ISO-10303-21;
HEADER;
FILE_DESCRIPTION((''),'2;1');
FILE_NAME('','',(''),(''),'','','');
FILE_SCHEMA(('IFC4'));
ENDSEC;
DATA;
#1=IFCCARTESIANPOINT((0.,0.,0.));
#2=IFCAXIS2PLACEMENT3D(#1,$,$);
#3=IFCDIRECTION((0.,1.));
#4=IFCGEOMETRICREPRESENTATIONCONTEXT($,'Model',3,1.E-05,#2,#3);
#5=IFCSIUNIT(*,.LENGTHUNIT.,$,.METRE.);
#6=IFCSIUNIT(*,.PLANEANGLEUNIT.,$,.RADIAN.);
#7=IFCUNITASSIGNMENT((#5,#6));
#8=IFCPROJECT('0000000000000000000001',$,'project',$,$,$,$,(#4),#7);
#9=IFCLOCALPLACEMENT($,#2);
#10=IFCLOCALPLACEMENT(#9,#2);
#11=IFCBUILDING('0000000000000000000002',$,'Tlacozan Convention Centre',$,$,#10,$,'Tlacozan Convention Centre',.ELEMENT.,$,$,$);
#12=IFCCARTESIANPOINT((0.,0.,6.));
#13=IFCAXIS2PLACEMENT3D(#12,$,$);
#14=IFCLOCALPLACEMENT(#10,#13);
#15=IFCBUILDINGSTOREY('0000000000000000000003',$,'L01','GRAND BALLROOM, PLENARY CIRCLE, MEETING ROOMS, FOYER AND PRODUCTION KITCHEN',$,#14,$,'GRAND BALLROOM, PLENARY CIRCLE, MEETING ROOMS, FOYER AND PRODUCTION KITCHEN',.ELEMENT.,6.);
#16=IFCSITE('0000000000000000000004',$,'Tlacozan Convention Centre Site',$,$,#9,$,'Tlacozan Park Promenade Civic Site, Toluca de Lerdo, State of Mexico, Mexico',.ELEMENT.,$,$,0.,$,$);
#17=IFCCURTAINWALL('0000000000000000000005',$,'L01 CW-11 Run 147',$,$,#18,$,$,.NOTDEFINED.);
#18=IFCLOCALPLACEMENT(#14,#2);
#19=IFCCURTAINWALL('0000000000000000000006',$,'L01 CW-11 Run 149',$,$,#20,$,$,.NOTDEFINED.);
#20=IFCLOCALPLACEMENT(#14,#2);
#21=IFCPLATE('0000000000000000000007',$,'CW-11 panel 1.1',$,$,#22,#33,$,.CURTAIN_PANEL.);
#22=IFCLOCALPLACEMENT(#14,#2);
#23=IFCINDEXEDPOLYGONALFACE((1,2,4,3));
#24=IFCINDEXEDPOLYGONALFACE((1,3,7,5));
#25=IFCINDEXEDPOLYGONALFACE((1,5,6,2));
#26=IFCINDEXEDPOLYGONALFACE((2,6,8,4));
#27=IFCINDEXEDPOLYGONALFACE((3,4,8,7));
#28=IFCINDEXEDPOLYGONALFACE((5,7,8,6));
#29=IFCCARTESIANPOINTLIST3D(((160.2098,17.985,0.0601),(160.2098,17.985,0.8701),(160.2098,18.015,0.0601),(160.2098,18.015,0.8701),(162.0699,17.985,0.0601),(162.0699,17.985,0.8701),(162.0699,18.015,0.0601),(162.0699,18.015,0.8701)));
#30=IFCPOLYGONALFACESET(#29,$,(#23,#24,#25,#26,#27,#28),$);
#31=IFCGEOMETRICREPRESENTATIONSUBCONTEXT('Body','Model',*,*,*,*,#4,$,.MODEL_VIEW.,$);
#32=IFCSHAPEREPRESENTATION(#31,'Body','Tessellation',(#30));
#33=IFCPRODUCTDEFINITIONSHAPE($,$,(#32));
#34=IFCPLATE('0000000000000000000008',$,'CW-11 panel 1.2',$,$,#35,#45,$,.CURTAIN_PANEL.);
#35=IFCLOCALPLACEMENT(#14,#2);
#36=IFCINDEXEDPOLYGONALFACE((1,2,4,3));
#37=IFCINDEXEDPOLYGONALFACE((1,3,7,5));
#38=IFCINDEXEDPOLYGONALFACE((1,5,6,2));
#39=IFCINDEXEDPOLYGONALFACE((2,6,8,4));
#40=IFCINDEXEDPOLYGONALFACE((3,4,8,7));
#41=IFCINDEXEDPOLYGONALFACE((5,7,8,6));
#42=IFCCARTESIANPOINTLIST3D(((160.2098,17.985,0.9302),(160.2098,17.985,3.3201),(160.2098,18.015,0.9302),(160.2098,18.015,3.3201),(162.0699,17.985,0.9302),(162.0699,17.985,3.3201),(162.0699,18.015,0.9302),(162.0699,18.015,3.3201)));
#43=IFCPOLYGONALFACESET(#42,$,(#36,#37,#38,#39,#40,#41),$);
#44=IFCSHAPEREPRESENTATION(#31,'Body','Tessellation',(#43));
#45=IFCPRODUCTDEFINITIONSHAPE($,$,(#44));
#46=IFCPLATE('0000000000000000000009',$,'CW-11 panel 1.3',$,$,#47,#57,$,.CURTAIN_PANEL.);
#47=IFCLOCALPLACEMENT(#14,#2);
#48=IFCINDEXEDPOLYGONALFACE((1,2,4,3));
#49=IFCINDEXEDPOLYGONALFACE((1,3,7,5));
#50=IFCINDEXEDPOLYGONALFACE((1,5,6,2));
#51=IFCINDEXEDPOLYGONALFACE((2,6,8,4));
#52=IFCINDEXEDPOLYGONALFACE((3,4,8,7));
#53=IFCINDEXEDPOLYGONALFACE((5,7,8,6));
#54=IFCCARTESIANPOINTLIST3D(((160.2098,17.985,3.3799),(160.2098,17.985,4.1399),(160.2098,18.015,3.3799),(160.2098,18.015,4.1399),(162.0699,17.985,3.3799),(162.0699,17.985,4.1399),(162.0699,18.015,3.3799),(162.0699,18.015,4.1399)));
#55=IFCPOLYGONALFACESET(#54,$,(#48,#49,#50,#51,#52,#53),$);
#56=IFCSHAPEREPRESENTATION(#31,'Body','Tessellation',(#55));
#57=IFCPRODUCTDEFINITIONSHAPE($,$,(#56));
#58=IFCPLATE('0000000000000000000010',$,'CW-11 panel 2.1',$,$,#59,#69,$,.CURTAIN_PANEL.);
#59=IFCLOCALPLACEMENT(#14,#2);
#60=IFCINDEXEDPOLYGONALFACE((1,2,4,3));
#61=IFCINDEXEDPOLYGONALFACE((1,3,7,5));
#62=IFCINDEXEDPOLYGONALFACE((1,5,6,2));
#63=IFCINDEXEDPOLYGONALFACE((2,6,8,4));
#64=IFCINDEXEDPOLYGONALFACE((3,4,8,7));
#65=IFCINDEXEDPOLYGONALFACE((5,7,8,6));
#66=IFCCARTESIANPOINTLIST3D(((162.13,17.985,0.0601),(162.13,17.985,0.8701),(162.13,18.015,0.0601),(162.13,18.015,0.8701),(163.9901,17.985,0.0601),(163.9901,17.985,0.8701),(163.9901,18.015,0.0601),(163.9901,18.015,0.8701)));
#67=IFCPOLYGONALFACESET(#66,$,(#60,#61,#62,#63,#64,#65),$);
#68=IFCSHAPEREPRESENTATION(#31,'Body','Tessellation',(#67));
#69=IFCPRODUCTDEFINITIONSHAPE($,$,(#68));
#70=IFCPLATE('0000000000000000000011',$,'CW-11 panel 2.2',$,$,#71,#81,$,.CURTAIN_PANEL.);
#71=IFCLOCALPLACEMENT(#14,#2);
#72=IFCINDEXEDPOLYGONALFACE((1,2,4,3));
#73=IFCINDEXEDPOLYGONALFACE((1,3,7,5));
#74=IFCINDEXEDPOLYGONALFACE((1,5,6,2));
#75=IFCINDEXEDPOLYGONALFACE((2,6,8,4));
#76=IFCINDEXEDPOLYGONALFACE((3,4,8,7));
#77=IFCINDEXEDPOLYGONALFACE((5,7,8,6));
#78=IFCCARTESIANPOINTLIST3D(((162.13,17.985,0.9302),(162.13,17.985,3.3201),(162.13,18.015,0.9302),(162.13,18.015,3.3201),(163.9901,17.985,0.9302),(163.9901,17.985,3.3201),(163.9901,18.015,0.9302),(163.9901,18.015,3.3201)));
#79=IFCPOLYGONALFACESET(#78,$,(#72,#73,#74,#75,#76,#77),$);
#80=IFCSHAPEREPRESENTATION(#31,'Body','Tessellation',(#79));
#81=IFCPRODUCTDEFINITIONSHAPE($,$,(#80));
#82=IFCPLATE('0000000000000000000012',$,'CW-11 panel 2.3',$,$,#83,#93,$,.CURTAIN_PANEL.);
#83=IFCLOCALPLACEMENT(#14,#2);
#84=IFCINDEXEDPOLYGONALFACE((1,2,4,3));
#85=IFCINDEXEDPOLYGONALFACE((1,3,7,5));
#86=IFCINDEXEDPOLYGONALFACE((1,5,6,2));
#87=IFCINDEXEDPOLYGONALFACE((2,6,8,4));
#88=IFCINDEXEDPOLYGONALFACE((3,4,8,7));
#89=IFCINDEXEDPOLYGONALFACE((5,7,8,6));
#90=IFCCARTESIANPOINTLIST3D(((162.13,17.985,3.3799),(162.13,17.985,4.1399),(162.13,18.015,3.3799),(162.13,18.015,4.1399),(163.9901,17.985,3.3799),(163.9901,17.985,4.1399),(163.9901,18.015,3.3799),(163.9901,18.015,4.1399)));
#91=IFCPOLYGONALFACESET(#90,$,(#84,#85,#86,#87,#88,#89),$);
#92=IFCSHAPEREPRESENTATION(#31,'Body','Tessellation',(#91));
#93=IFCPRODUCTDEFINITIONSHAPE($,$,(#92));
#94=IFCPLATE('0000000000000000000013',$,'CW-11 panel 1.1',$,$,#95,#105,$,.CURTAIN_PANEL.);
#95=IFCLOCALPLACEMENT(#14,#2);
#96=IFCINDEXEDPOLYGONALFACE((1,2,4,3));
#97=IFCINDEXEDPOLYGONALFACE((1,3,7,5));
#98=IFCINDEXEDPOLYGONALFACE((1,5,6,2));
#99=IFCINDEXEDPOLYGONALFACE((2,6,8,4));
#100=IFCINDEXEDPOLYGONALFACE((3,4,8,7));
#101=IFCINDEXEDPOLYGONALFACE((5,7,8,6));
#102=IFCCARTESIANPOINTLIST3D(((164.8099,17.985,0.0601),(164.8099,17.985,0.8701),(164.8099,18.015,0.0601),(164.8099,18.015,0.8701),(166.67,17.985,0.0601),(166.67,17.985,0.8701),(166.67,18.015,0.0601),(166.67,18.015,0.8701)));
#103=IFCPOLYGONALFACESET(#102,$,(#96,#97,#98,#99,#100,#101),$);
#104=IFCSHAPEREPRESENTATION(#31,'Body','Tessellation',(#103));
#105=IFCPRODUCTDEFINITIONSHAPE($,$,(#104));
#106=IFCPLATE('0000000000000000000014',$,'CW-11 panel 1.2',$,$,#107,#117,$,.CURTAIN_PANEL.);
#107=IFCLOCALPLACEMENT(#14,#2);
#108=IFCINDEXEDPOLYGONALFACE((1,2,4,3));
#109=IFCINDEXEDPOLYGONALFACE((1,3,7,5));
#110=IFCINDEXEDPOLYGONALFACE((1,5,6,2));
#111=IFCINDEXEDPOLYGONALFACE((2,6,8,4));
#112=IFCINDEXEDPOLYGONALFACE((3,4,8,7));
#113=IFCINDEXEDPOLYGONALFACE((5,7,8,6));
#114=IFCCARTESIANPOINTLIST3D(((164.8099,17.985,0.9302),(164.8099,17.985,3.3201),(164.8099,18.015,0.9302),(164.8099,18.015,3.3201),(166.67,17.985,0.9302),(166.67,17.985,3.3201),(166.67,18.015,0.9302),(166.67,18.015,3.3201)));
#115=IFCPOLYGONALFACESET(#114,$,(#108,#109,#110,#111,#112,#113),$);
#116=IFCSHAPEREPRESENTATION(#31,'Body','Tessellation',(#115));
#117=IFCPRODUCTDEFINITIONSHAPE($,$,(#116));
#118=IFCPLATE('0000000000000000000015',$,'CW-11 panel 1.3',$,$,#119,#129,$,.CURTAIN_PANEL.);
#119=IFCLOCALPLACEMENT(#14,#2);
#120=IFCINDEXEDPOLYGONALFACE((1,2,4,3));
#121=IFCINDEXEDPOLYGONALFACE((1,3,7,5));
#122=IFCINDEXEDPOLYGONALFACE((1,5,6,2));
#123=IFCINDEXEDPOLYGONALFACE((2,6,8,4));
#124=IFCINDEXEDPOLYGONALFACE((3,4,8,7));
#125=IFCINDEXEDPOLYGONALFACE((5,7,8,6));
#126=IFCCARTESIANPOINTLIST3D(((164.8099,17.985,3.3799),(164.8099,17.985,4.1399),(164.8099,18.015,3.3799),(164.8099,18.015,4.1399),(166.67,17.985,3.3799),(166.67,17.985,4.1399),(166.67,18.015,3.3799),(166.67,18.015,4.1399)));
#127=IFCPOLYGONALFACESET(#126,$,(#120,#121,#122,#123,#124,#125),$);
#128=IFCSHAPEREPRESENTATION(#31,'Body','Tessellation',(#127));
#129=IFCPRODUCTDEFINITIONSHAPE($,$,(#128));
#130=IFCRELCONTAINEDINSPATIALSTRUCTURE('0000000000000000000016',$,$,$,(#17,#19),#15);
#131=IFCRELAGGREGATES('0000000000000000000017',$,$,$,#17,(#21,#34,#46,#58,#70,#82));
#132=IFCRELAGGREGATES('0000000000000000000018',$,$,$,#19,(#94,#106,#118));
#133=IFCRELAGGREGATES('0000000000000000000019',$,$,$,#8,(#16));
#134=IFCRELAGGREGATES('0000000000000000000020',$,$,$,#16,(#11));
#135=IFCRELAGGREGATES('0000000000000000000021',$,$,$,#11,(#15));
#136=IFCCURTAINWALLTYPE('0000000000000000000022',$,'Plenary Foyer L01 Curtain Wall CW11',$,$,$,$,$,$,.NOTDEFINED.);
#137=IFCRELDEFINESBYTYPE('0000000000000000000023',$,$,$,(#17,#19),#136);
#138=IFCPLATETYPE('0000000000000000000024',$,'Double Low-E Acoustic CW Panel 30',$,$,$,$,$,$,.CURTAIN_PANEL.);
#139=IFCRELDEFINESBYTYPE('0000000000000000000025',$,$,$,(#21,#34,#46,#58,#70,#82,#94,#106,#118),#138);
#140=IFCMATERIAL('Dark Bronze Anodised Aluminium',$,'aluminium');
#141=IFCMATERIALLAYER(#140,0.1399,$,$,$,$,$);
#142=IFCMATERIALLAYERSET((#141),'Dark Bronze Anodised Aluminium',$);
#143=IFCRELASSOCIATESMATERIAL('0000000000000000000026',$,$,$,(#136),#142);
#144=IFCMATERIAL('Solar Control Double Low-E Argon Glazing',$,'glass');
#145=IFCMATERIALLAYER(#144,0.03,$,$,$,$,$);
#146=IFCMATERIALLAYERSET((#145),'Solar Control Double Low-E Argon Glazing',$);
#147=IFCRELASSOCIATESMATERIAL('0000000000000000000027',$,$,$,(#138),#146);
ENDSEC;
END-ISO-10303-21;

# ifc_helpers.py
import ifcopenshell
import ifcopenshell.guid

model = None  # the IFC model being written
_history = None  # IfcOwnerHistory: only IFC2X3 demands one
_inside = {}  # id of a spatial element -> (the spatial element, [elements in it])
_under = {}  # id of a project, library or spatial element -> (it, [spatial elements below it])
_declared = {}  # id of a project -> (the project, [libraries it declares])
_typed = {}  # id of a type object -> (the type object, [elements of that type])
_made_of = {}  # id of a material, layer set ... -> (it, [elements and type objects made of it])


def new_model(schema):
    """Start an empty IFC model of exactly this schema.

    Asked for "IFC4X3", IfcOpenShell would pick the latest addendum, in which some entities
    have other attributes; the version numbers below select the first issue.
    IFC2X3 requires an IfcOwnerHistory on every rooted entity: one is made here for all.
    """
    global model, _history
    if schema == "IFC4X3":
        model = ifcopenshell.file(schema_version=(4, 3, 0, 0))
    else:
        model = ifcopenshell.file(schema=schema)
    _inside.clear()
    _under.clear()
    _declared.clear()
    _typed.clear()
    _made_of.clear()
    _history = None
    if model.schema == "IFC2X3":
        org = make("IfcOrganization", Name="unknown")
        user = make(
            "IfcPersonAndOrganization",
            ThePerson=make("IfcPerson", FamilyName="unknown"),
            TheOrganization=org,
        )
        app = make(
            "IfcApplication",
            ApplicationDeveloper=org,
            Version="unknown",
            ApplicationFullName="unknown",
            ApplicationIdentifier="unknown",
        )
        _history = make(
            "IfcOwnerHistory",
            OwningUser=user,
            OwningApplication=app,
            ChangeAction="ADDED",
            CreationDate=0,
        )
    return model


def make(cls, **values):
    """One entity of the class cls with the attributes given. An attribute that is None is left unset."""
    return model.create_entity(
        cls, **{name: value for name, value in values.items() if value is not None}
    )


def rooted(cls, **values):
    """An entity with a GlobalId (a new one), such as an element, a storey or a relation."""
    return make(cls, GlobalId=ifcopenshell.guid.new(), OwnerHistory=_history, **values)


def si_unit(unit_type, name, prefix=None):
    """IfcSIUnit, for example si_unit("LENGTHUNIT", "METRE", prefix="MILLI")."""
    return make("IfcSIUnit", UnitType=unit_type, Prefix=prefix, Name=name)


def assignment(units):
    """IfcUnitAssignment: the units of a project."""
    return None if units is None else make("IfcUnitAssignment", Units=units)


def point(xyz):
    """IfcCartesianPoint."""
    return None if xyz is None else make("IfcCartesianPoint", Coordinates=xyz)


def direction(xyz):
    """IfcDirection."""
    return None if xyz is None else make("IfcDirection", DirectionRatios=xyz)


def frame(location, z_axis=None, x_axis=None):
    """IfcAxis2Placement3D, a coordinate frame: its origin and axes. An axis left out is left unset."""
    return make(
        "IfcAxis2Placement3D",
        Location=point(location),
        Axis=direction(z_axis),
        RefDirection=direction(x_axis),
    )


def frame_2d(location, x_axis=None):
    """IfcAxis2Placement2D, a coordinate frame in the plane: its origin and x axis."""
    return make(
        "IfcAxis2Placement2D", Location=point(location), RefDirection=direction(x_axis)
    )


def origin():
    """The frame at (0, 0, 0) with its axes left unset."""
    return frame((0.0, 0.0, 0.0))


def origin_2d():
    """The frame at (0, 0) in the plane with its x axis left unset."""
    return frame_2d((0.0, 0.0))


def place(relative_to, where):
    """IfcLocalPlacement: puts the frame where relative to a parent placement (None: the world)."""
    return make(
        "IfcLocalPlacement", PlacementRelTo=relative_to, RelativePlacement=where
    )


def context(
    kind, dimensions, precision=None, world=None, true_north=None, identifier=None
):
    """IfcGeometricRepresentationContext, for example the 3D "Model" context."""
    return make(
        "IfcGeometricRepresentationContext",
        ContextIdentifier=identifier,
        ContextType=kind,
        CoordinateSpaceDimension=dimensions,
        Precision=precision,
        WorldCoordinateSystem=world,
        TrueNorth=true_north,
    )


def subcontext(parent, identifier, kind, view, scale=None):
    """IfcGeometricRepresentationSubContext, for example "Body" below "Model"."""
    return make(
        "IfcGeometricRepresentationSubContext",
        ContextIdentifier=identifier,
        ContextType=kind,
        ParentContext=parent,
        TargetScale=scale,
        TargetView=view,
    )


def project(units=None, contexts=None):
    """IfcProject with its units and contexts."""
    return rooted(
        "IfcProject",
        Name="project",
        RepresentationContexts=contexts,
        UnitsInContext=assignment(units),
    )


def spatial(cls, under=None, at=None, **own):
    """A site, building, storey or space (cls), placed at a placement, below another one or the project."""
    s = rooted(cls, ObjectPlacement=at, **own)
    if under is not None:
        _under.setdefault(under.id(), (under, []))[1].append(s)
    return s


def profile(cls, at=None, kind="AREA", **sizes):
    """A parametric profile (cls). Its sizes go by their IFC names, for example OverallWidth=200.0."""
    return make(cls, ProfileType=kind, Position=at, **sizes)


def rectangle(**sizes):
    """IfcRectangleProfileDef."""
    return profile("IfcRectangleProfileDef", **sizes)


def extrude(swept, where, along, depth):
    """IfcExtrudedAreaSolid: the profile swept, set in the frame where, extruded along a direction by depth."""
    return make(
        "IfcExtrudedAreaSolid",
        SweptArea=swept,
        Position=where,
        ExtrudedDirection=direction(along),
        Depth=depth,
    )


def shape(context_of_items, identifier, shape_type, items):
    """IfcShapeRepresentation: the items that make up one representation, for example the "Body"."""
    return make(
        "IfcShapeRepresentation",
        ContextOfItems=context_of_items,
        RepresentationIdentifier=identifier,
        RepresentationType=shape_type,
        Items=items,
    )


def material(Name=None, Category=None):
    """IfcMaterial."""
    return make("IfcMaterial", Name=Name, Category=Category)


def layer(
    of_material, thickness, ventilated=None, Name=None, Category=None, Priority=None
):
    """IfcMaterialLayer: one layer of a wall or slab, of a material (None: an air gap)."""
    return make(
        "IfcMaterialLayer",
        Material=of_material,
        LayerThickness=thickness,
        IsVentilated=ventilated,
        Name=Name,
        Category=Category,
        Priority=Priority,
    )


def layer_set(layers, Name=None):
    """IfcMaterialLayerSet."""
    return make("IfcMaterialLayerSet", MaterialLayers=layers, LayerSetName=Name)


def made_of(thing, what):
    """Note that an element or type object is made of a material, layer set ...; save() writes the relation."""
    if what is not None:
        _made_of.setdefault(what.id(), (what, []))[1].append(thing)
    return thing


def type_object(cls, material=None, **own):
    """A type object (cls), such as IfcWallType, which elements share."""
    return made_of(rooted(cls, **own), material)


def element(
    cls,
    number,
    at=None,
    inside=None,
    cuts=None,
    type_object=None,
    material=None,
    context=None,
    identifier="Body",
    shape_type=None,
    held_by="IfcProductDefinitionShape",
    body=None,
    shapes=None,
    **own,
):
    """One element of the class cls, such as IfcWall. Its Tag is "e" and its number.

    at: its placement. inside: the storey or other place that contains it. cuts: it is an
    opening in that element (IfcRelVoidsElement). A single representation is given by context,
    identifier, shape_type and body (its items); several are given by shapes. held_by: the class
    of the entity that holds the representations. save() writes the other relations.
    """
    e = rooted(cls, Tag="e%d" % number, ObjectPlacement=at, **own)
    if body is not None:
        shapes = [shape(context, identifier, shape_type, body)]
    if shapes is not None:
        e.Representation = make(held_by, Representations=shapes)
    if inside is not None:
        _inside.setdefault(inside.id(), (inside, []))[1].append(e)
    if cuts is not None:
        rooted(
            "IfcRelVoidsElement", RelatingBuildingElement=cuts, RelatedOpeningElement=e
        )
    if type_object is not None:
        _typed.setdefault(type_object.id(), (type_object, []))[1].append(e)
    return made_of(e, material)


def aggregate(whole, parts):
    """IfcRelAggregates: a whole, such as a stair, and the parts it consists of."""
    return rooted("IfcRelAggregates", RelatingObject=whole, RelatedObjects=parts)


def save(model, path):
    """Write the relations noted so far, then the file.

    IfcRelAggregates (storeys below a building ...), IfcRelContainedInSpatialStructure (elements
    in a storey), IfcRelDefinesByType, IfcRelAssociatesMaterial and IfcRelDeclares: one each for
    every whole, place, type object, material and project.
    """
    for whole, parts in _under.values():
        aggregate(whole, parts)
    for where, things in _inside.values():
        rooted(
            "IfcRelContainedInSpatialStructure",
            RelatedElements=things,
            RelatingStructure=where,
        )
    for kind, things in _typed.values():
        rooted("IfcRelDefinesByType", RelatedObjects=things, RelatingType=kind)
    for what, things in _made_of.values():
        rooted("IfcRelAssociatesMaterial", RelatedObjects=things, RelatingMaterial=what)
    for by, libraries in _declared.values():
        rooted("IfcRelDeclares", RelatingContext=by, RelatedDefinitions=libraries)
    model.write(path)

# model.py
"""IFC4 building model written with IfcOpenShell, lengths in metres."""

from ifc_helpers import new_model, si_unit, direction, frame, origin, origin_2d, place, context, subcontext, project, spatial, rectangle, extrude, material, layer, layer_set, type_object, element, aggregate, save


model = new_model("IFC4")

# Units and contexts
model_context = context("Model", 3, precision=1e-05, world=origin(), true_north=direction((0.0, 1.0)))
body_context = subcontext(model_context, "Body", "Model", "MODEL_VIEW")
ifc_project = project(units=[si_unit("LENGTHUNIT", "METRE"), si_unit("PLANEANGLEUNIT", "RADIAN")], contexts=[model_context])

# Site, building, storey
site_placement = place(None, origin())
site = spatial("IfcSite", under=ifc_project, at=site_placement, Name="Tlacozan Convention Centre Site", LongName="Tlacozan Park Promenade Civic Site, Toluca de Lerdo, State of Mexico, Mexico", CompositionType="ELEMENT", RefElevation=0.0)
building_placement = place(site_placement, origin())
building = spatial("IfcBuilding", under=site, at=building_placement, Name="Tlacozan Convention Centre", LongName="Tlacozan Convention Centre", CompositionType="ELEMENT")
storey_placement = place(building_placement, frame((0.0, 0.0, 6.0)))
storey = spatial("IfcBuildingStorey", under=building, at=storey_placement, Name="L01", Description="GRAND BALLROOM, PLENARY CIRCLE, MEETING ROOMS, FOYER AND PRODUCTION KITCHEN", LongName="GRAND BALLROOM, PLENARY CIRCLE, MEETING ROOMS, FOYER AND PRODUCTION KITCHEN", CompositionType="ELEMENT", Elevation=6.0)

# Curtain walls
ifc_material_1 = material(Name="Dark Bronze Anodised Aluminium", Category="aluminium")
ifc_layer_1 = layer(ifc_material_1, 0.1399)
ifc_layer_set_1 = layer_set([ifc_layer_1], Name="Dark Bronze Anodised Aluminium")
curtain_wall_type = type_object("IfcCurtainWallType", Name="Plenary Foyer L01 Curtain Wall CW11", PredefinedType="NOTDEFINED", material=ifc_layer_set_1)
curtain_wall_1_placement = place(storey_placement, origin())
curtain_wall_1 = element("IfcCurtainWall", 1, at=curtain_wall_1_placement, inside=storey, type_object=curtain_wall_type, Name="L01 CW-11 Run 147", PredefinedType="NOTDEFINED")
curtain_wall_2_placement = place(storey_placement, origin())
curtain_wall_2 = element("IfcCurtainWall", 2, at=curtain_wall_2_placement, inside=storey, type_object=curtain_wall_type, Name="L01 CW-11 Run 149", PredefinedType="NOTDEFINED")

# Plates
ifc_material_2 = material(Name="Solar Control Double Low-E Argon Glazing", Category="glass")
ifc_layer_2 = layer(ifc_material_2, 0.03)
ifc_layer_set_2 = layer_set([ifc_layer_2], Name="Solar Control Double Low-E Argon Glazing")
plate_type = type_object("IfcPlateType", Name="Double Low-E Acoustic CW Panel 30", PredefinedType="CURTAIN_PANEL", material=ifc_layer_set_2)
plate_1_placement = place(storey_placement, frame((161.1399, 18.0, 0.0601), z_axis=(0.0, 0.0, 1.0), x_axis=(1.0, 0.0, 0.0)))
plate_1 = element("IfcPlate", 3, at=plate_1_placement, type_object=plate_type, Name="CW-11 panel 1.1", PredefinedType="CURTAIN_PANEL", context=body_context, shape_type="SweptSolid", body=[
    extrude(rectangle(XDim=1.8601, YDim=0.03, at=origin_2d()), origin(), (0.0, 0.0, 1.0), 0.8101),
])
plate_2_placement = place(storey_placement, frame((161.1399, 18.0, 0.9302), z_axis=(0.0, 0.0, 1.0), x_axis=(1.0, 0.0, 0.0)))
plate_2 = element("IfcPlate", 4, at=plate_2_placement, type_object=plate_type, Name="CW-11 panel 1.2", PredefinedType="CURTAIN_PANEL", context=body_context, shape_type="SweptSolid", body=[
    extrude(rectangle(XDim=1.8601, YDim=0.03, at=origin_2d()), origin(), (0.0, 0.0, 1.0), 2.3899),
])
plate_3_placement = place(storey_placement, frame((161.1399, 18.0, 3.3799), z_axis=(0.0, 0.0, 1.0), x_axis=(1.0, 0.0, 0.0)))
plate_3 = element("IfcPlate", 5, at=plate_3_placement, type_object=plate_type, Name="CW-11 panel 1.3", PredefinedType="CURTAIN_PANEL", context=body_context, shape_type="SweptSolid", body=[
    extrude(rectangle(XDim=1.8601, YDim=0.03, at=origin_2d()), origin(), (0.0, 0.0, 1.0), 0.76),
])
plate_4_placement = place(storey_placement, frame((163.0601, 18.0, 0.0601), z_axis=(0.0, 0.0, 1.0), x_axis=(1.0, 0.0, 0.0)))
plate_4 = element("IfcPlate", 6, at=plate_4_placement, type_object=plate_type, Name="CW-11 panel 2.1", PredefinedType="CURTAIN_PANEL", context=body_context, shape_type="SweptSolid", body=[
    extrude(rectangle(XDim=1.8601, YDim=0.03, at=origin_2d()), origin(), (0.0, 0.0, 1.0), 0.8101),
])
plate_5_placement = place(storey_placement, frame((163.0601, 18.0, 0.9302), z_axis=(0.0, 0.0, 1.0), x_axis=(1.0, 0.0, 0.0)))
plate_5 = element("IfcPlate", 7, at=plate_5_placement, type_object=plate_type, Name="CW-11 panel 2.2", PredefinedType="CURTAIN_PANEL", context=body_context, shape_type="SweptSolid", body=[
    extrude(rectangle(XDim=1.8601, YDim=0.03, at=origin_2d()), origin(), (0.0, 0.0, 1.0), 2.3899),
])
plate_6_placement = place(storey_placement, frame((163.0601, 18.0, 3.3799), z_axis=(0.0, 0.0, 1.0), x_axis=(1.0, 0.0, 0.0)))
plate_6 = element("IfcPlate", 8, at=plate_6_placement, type_object=plate_type, Name="CW-11 panel 2.3", PredefinedType="CURTAIN_PANEL", context=body_context, shape_type="SweptSolid", body=[
    extrude(rectangle(XDim=1.8601, YDim=0.03, at=origin_2d()), origin(), (0.0, 0.0, 1.0), 0.76),
])
aggregate(curtain_wall_1, [plate_1, plate_2, plate_3, plate_4, plate_5, plate_6])
plate_7_placement = place(storey_placement, frame((165.74, 18.0, 0.0601), z_axis=(0.0, 0.0, 1.0), x_axis=(1.0, 0.0, 0.0)))
plate_7 = element("IfcPlate", 9, at=plate_7_placement, type_object=plate_type, Name="CW-11 panel 1.1", PredefinedType="CURTAIN_PANEL", context=body_context, shape_type="SweptSolid", body=[
    extrude(rectangle(XDim=1.8601, YDim=0.03, at=origin_2d()), origin(), (0.0, 0.0, 1.0), 0.8101),
])
plate_8_placement = place(storey_placement, frame((165.74, 18.0, 0.9302), z_axis=(0.0, 0.0, 1.0), x_axis=(1.0, 0.0, 0.0)))
plate_8 = element("IfcPlate", 10, at=plate_8_placement, type_object=plate_type, Name="CW-11 panel 1.2", PredefinedType="CURTAIN_PANEL", context=body_context, shape_type="SweptSolid", body=[
    extrude(rectangle(XDim=1.8601, YDim=0.03, at=origin_2d()), origin(), (0.0, 0.0, 1.0), 2.3899),
])
plate_9_placement = place(storey_placement, frame((165.74, 18.0, 3.3799), z_axis=(0.0, 0.0, 1.0), x_axis=(1.0, 0.0, 0.0)))
plate_9 = element("IfcPlate", 11, at=plate_9_placement, type_object=plate_type, Name="CW-11 panel 1.3", PredefinedType="CURTAIN_PANEL", context=body_context, shape_type="SweptSolid", body=[
    extrude(rectangle(XDim=1.8601, YDim=0.03, at=origin_2d()), origin(), (0.0, 0.0, 1.0), 0.76),
])
aggregate(curtain_wall_2, [plate_7, plate_8, plate_9])

save(model, "model.ifc")
